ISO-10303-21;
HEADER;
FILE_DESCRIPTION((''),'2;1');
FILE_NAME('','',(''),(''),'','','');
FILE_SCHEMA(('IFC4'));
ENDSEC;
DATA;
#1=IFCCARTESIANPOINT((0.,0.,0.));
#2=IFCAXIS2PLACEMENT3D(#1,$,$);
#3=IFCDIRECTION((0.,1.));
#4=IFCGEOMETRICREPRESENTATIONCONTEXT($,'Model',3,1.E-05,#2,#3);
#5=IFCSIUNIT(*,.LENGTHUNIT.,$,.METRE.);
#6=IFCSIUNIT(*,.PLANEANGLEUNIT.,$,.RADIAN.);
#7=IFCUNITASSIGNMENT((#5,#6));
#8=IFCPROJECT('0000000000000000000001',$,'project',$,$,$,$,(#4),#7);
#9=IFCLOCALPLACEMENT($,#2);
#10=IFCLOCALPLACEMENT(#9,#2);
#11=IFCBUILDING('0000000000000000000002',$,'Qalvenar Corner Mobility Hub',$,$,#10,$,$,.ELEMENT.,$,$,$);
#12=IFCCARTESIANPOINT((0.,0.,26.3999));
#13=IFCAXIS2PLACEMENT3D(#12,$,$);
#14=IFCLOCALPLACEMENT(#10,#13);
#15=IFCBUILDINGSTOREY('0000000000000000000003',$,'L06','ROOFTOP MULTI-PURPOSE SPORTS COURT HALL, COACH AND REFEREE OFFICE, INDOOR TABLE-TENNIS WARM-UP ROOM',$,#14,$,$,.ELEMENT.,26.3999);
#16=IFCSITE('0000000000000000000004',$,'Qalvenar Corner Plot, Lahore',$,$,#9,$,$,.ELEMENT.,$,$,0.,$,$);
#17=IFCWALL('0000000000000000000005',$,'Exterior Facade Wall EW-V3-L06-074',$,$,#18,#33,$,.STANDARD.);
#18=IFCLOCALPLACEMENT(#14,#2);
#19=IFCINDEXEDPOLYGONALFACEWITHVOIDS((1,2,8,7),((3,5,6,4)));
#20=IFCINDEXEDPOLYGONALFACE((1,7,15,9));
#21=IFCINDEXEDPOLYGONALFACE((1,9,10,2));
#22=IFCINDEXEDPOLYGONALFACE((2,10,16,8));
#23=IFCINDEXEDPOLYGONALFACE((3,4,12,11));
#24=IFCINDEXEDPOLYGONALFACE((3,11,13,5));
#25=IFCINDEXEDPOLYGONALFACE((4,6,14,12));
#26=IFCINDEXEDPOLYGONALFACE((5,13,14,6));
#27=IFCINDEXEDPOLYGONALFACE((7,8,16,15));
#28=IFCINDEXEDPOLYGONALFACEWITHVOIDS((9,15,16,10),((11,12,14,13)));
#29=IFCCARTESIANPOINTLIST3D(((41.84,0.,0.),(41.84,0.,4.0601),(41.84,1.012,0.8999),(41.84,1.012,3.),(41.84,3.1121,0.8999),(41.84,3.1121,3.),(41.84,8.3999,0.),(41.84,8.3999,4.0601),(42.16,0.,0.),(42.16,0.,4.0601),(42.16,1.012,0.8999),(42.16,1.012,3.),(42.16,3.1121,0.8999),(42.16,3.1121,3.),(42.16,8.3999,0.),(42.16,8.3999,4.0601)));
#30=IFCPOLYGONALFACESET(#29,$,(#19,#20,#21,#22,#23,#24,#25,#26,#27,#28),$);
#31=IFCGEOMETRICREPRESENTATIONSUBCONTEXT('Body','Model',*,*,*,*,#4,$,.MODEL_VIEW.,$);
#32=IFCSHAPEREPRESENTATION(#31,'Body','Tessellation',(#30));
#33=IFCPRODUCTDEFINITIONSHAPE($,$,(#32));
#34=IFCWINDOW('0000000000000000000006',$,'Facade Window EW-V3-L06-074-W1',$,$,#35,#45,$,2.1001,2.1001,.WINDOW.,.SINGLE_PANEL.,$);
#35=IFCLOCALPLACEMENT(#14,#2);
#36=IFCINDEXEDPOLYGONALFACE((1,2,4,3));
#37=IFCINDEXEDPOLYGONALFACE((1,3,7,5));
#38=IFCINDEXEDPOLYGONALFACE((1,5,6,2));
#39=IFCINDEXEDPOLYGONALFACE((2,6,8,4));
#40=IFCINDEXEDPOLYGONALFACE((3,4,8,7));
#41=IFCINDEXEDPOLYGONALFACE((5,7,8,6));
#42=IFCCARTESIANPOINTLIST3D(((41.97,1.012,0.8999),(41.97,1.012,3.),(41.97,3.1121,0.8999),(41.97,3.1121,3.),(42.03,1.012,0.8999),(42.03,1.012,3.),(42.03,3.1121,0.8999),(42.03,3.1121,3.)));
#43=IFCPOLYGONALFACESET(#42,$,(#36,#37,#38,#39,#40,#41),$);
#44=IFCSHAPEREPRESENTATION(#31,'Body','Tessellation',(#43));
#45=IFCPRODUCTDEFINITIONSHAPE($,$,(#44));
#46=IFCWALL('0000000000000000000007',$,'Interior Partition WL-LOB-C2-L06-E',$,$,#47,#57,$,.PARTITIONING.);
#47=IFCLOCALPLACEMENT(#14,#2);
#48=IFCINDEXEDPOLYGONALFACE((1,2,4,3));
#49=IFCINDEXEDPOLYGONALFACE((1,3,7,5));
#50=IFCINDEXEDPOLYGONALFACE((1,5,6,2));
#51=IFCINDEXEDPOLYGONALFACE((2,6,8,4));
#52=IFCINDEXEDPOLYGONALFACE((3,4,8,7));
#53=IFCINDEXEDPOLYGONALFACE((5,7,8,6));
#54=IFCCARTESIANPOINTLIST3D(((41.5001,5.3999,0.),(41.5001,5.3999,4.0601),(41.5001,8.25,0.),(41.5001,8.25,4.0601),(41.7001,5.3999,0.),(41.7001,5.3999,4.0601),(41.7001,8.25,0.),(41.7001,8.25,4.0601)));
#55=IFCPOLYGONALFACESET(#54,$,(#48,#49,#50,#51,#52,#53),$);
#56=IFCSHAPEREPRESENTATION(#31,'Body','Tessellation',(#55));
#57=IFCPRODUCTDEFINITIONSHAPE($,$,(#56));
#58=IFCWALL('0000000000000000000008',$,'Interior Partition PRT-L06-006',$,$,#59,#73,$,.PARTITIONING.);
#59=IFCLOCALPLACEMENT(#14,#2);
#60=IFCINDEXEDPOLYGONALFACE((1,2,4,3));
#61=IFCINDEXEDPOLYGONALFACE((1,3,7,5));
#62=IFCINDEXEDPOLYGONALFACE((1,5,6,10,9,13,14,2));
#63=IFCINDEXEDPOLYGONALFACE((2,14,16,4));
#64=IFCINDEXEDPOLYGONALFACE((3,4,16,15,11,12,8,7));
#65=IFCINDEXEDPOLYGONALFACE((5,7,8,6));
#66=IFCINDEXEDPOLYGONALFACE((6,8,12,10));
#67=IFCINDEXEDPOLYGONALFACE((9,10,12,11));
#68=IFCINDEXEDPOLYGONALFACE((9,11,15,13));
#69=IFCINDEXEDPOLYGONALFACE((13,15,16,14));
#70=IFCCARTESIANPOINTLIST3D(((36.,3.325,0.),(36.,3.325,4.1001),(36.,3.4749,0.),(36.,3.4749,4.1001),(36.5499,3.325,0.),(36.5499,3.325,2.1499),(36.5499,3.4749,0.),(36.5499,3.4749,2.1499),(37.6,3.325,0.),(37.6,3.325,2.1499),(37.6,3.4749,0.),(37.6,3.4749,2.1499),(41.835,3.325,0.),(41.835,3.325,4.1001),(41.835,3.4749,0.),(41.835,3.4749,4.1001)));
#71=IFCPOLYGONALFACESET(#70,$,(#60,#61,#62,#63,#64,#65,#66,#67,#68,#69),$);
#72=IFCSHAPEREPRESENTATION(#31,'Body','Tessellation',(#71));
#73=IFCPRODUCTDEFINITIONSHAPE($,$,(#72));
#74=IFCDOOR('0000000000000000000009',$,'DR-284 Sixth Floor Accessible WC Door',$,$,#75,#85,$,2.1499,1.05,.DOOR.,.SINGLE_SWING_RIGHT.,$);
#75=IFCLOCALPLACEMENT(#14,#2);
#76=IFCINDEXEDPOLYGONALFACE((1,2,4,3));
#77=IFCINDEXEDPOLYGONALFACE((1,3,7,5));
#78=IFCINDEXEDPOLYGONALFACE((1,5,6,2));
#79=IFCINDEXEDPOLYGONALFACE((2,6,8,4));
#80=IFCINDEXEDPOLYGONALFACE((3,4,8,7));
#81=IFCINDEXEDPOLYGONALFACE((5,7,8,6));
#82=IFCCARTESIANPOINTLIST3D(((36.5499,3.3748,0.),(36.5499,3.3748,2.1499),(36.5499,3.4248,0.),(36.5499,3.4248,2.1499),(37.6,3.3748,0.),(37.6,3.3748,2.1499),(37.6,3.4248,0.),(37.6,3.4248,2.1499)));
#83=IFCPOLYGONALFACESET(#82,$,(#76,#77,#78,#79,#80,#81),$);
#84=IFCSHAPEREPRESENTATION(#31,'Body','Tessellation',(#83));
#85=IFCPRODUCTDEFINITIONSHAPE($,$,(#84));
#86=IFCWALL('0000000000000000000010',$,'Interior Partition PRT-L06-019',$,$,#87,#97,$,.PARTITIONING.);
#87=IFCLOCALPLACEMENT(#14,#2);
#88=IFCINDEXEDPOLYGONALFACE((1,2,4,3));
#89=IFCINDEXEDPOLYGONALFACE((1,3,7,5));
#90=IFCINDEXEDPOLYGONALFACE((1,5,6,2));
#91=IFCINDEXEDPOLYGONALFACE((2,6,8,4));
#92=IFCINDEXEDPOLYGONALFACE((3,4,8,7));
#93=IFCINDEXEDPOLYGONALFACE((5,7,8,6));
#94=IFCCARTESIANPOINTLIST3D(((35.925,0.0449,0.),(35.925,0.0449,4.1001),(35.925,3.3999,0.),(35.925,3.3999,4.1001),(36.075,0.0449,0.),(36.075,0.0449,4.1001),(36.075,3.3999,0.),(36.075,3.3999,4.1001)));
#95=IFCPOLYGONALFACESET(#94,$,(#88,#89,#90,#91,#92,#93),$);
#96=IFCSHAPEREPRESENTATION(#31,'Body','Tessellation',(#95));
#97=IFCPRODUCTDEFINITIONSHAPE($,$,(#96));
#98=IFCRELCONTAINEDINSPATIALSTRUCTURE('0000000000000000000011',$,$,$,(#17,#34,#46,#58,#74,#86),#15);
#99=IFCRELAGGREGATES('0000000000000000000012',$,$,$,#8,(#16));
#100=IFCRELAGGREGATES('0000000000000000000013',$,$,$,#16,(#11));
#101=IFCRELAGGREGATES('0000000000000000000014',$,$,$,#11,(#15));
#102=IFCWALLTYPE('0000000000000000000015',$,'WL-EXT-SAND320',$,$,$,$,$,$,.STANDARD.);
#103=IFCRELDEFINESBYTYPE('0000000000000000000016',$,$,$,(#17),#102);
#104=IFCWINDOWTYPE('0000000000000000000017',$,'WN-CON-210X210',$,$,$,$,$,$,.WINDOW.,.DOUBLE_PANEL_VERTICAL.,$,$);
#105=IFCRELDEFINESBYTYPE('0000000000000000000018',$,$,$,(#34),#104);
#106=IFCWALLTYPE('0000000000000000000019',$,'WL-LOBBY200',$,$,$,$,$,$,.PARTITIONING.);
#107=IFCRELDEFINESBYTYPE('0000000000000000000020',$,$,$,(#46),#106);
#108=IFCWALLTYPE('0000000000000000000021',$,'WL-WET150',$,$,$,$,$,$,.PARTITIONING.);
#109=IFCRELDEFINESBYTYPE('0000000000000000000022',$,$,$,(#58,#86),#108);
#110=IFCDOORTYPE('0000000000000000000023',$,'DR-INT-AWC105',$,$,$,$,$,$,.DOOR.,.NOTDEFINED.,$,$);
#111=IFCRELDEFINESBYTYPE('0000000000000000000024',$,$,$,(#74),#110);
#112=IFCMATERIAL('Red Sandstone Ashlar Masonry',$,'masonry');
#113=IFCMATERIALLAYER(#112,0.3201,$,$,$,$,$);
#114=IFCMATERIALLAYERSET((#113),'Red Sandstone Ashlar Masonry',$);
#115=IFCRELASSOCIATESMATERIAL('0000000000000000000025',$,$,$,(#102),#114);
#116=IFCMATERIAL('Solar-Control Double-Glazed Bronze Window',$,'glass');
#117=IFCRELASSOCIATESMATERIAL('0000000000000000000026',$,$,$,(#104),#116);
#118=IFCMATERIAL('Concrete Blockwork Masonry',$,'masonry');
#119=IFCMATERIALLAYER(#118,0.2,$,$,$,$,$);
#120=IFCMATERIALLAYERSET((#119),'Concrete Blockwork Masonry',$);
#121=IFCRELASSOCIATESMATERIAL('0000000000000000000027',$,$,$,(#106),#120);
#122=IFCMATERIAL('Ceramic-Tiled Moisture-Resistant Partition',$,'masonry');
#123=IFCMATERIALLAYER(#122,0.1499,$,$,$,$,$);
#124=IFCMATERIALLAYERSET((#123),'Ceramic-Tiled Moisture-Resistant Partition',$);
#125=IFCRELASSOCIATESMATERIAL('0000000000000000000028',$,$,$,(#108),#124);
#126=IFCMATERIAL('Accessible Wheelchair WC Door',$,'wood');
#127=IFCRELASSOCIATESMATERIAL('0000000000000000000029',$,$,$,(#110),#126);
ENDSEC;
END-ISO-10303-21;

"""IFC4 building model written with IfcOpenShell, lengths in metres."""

from ifc_helpers import new_model, si_unit, direction, frame, frame_2d, origin, place, context, subcontext, project, spatial, rectangle, extrude, material, layer, layer_set, type_object, element, fill, save


model = new_model("IFC4")

# Units and contexts
model_context = context("Model", 3, precision=1e-05, world=origin(), true_north=direction((0.0, 1.0)))
body_context = subcontext(model_context, "Body", "Model", "MODEL_VIEW")
ifc_project = project(units=[si_unit("LENGTHUNIT", "METRE"), si_unit("PLANEANGLEUNIT", "RADIAN")], contexts=[model_context])

# Site, building, storey
site_placement = place(None, origin())
site = spatial("IfcSite", under=ifc_project, at=site_placement, Name="Qalvenar Corner Plot, Lahore", CompositionType="ELEMENT", RefElevation=0.0)
building_placement = place(site_placement, origin())
building = spatial("IfcBuilding", under=site, at=building_placement, Name="Qalvenar Corner Mobility Hub", CompositionType="ELEMENT")
storey_placement = place(building_placement, frame((0.0, 0.0, 26.3999)))
storey = spatial("IfcBuildingStorey", under=building, at=storey_placement, Name="L06", Description="ROOFTOP MULTI-PURPOSE SPORTS COURT HALL, COACH AND REFEREE OFFICE, INDOOR TABLE-TENNIS WARM-UP ROOM", CompositionType="ELEMENT", Elevation=26.3999)

# Wall, opening, window
ifc_material_1 = material(Name="Red Sandstone Ashlar Masonry", Category="masonry")
ifc_layer_1 = layer(ifc_material_1, 0.3201)
ifc_layer_set_1 = layer_set([ifc_layer_1], Name="Red Sandstone Ashlar Masonry")
wall_type_1 = type_object("IfcWallType", Name="WL-EXT-SAND320", PredefinedType="STANDARD", material=ifc_layer_set_1)
wall_1_placement = place(storey_placement, frame((42.0, 0.0, 0.0), z_axis=(0.0, 0.0, 1.0), x_axis=(0.0, 1.0, 0.0)))
wall_1 = element("IfcWall", 1, at=wall_1_placement, inside=storey, type_object=wall_type_1, Name="Exterior Facade Wall EW-V3-L06-074", PredefinedType="STANDARD", context=body_context, shape_type="SweptSolid", body=[
    extrude(rectangle(XDim=8.3999, YDim=0.3201, at=frame_2d((4.2, 0.0))), origin(), (0.0, 0.0, 1.0), 4.0601),
])
opening_1_placement = place(wall_1_placement, frame((1.012, 0.0, 0.8999)))
opening_1 = element("IfcOpeningElement", 2, at=opening_1_placement, cuts=wall_1, PredefinedType="OPENING", context=body_context, shape_type="SweptSolid", body=[
    extrude(rectangle(XDim=2.1001, YDim=2.1001, at=frame_2d((1.05, 1.05))), frame((0.0, 0.1699, 0.0), z_axis=(0.0, -1.0, 0.0), x_axis=(1.0, 0.0, 0.0)), (0.0, 0.0, 1.0), 0.3401),
])
ifc_material_2 = material(Name="Solar-Control Double-Glazed Bronze Window", Category="glass")
window_type = type_object("IfcWindowType", Name="WN-CON-210X210", PartitioningType="DOUBLE_PANEL_VERTICAL", PredefinedType="WINDOW", material=ifc_material_2)
window_placement = place(opening_1_placement, origin())
window = element("IfcWindow", 3, at=window_placement, inside=storey, type_object=window_type, Name="Facade Window EW-V3-L06-074-W1", OverallHeight=2.1001, OverallWidth=2.1001, PartitioningType="SINGLE_PANEL", PredefinedType="WINDOW", context=body_context, shape_type="SweptSolid", body=[
    extrude(rectangle(XDim=2.1001, YDim=2.1001, at=frame_2d((1.05, 1.05))), frame((0.0, 0.03, 0.0), z_axis=(0.0, -1.0, 0.0), x_axis=(1.0, 0.0, 0.0)), (0.0, 0.0, 1.0), 0.0601),
])
fill(opening_1, window)

# Wall
ifc_material_3 = material(Name="Concrete Blockwork Masonry", Category="masonry")
ifc_layer_2 = layer(ifc_material_3, 0.2)
ifc_layer_set_2 = layer_set([ifc_layer_2], Name="Concrete Blockwork Masonry")
wall_type_2 = type_object("IfcWallType", Name="WL-LOBBY200", PredefinedType="PARTITIONING", material=ifc_layer_set_2)
wall_2_placement = place(storey_placement, frame((41.6001, 5.3999, 0.0), z_axis=(0.0, 0.0, 1.0), x_axis=(0.0, 1.0, 0.0)))
element("IfcWall", 4, at=wall_2_placement, inside=storey, type_object=wall_type_2, Name="Interior Partition WL-LOB-C2-L06-E", PredefinedType="PARTITIONING", context=body_context, shape_type="SweptSolid", body=[
    extrude(rectangle(XDim=2.8501, YDim=0.2, at=frame_2d((1.425, 0.0))), origin(), (0.0, 0.0, 1.0), 4.0601),
])

# Wall, opening, door
ifc_material_4 = material(Name="Ceramic-Tiled Moisture-Resistant Partition", Category="masonry")
ifc_layer_3 = layer(ifc_material_4, 0.1499)
ifc_layer_set_3 = layer_set([ifc_layer_3], Name="Ceramic-Tiled Moisture-Resistant Partition")
wall_type_3 = type_object("IfcWallType", Name="WL-WET150", PredefinedType="PARTITIONING", material=ifc_layer_set_3)
wall_3_placement = place(storey_placement, frame((36.0, 3.3999, 0.0), z_axis=(0.0, 0.0, 1.0), x_axis=(1.0, 0.0, 0.0)))
wall_3 = element("IfcWall", 5, at=wall_3_placement, inside=storey, type_object=wall_type_3, Name="Interior Partition PRT-L06-006", PredefinedType="PARTITIONING", context=body_context, shape_type="SweptSolid", body=[
    extrude(rectangle(XDim=5.835, YDim=0.1499, at=frame_2d((2.9175, 0.0))), origin(), (0.0, 0.0, 1.0), 4.1001),
])
opening_2_placement = place(wall_3_placement, frame((0.55, 0.0, 0.0)))
opening_2 = element("IfcOpeningElement", 6, at=opening_2_placement, cuts=wall_3, PredefinedType="OPENING", context=body_context, shape_type="SweptSolid", body=[
    extrude(rectangle(XDim=1.05, YDim=2.1499, at=frame_2d((0.5249, 1.075))), frame((0.0, 0.085, 0.0), z_axis=(0.0, -1.0, 0.0), x_axis=(1.0, 0.0, 0.0)), (0.0, 0.0, 1.0), 0.1699),
])
ifc_material_5 = material(Name="Accessible Wheelchair WC Door", Category="wood")
door_type = type_object("IfcDoorType", Name="DR-INT-AWC105", OperationType="NOTDEFINED", PredefinedType="DOOR", material=ifc_material_5)
door_placement = place(opening_2_placement, origin())
door = element("IfcDoor", 7, at=door_placement, inside=storey, type_object=door_type, Name="DR-284 Sixth Floor Accessible WC Door", OperationType="SINGLE_SWING_RIGHT", OverallHeight=2.1499, OverallWidth=1.05, PredefinedType="DOOR", context=body_context, shape_type="SweptSolid", body=[
    extrude(rectangle(XDim=1.05, YDim=2.1499, at=frame_2d((0.5249, 1.075))), frame((0.0, 0.0249, 0.0), z_axis=(0.0, -1.0, 0.0), x_axis=(1.0, 0.0, 0.0)), (0.0, 0.0, 1.0), 0.05),
])
fill(opening_2, door)

# Wall
wall_4_placement = place(storey_placement, frame((36.0, 0.0449, 0.0), z_axis=(0.0, 0.0, 1.0), x_axis=(0.0, 1.0, 0.0)))
element("IfcWall", 8, at=wall_4_placement, inside=storey, type_object=wall_type_3, Name="Interior Partition PRT-L06-019", PredefinedType="PARTITIONING", context=body_context, shape_type="SweptSolid", body=[
    extrude(rectangle(XDim=3.355, YDim=0.1499, at=frame_2d((1.6775, 0.0))), origin(), (0.0, 0.0, 1.0), 4.1001),
])

save(model, "model.ifc")
